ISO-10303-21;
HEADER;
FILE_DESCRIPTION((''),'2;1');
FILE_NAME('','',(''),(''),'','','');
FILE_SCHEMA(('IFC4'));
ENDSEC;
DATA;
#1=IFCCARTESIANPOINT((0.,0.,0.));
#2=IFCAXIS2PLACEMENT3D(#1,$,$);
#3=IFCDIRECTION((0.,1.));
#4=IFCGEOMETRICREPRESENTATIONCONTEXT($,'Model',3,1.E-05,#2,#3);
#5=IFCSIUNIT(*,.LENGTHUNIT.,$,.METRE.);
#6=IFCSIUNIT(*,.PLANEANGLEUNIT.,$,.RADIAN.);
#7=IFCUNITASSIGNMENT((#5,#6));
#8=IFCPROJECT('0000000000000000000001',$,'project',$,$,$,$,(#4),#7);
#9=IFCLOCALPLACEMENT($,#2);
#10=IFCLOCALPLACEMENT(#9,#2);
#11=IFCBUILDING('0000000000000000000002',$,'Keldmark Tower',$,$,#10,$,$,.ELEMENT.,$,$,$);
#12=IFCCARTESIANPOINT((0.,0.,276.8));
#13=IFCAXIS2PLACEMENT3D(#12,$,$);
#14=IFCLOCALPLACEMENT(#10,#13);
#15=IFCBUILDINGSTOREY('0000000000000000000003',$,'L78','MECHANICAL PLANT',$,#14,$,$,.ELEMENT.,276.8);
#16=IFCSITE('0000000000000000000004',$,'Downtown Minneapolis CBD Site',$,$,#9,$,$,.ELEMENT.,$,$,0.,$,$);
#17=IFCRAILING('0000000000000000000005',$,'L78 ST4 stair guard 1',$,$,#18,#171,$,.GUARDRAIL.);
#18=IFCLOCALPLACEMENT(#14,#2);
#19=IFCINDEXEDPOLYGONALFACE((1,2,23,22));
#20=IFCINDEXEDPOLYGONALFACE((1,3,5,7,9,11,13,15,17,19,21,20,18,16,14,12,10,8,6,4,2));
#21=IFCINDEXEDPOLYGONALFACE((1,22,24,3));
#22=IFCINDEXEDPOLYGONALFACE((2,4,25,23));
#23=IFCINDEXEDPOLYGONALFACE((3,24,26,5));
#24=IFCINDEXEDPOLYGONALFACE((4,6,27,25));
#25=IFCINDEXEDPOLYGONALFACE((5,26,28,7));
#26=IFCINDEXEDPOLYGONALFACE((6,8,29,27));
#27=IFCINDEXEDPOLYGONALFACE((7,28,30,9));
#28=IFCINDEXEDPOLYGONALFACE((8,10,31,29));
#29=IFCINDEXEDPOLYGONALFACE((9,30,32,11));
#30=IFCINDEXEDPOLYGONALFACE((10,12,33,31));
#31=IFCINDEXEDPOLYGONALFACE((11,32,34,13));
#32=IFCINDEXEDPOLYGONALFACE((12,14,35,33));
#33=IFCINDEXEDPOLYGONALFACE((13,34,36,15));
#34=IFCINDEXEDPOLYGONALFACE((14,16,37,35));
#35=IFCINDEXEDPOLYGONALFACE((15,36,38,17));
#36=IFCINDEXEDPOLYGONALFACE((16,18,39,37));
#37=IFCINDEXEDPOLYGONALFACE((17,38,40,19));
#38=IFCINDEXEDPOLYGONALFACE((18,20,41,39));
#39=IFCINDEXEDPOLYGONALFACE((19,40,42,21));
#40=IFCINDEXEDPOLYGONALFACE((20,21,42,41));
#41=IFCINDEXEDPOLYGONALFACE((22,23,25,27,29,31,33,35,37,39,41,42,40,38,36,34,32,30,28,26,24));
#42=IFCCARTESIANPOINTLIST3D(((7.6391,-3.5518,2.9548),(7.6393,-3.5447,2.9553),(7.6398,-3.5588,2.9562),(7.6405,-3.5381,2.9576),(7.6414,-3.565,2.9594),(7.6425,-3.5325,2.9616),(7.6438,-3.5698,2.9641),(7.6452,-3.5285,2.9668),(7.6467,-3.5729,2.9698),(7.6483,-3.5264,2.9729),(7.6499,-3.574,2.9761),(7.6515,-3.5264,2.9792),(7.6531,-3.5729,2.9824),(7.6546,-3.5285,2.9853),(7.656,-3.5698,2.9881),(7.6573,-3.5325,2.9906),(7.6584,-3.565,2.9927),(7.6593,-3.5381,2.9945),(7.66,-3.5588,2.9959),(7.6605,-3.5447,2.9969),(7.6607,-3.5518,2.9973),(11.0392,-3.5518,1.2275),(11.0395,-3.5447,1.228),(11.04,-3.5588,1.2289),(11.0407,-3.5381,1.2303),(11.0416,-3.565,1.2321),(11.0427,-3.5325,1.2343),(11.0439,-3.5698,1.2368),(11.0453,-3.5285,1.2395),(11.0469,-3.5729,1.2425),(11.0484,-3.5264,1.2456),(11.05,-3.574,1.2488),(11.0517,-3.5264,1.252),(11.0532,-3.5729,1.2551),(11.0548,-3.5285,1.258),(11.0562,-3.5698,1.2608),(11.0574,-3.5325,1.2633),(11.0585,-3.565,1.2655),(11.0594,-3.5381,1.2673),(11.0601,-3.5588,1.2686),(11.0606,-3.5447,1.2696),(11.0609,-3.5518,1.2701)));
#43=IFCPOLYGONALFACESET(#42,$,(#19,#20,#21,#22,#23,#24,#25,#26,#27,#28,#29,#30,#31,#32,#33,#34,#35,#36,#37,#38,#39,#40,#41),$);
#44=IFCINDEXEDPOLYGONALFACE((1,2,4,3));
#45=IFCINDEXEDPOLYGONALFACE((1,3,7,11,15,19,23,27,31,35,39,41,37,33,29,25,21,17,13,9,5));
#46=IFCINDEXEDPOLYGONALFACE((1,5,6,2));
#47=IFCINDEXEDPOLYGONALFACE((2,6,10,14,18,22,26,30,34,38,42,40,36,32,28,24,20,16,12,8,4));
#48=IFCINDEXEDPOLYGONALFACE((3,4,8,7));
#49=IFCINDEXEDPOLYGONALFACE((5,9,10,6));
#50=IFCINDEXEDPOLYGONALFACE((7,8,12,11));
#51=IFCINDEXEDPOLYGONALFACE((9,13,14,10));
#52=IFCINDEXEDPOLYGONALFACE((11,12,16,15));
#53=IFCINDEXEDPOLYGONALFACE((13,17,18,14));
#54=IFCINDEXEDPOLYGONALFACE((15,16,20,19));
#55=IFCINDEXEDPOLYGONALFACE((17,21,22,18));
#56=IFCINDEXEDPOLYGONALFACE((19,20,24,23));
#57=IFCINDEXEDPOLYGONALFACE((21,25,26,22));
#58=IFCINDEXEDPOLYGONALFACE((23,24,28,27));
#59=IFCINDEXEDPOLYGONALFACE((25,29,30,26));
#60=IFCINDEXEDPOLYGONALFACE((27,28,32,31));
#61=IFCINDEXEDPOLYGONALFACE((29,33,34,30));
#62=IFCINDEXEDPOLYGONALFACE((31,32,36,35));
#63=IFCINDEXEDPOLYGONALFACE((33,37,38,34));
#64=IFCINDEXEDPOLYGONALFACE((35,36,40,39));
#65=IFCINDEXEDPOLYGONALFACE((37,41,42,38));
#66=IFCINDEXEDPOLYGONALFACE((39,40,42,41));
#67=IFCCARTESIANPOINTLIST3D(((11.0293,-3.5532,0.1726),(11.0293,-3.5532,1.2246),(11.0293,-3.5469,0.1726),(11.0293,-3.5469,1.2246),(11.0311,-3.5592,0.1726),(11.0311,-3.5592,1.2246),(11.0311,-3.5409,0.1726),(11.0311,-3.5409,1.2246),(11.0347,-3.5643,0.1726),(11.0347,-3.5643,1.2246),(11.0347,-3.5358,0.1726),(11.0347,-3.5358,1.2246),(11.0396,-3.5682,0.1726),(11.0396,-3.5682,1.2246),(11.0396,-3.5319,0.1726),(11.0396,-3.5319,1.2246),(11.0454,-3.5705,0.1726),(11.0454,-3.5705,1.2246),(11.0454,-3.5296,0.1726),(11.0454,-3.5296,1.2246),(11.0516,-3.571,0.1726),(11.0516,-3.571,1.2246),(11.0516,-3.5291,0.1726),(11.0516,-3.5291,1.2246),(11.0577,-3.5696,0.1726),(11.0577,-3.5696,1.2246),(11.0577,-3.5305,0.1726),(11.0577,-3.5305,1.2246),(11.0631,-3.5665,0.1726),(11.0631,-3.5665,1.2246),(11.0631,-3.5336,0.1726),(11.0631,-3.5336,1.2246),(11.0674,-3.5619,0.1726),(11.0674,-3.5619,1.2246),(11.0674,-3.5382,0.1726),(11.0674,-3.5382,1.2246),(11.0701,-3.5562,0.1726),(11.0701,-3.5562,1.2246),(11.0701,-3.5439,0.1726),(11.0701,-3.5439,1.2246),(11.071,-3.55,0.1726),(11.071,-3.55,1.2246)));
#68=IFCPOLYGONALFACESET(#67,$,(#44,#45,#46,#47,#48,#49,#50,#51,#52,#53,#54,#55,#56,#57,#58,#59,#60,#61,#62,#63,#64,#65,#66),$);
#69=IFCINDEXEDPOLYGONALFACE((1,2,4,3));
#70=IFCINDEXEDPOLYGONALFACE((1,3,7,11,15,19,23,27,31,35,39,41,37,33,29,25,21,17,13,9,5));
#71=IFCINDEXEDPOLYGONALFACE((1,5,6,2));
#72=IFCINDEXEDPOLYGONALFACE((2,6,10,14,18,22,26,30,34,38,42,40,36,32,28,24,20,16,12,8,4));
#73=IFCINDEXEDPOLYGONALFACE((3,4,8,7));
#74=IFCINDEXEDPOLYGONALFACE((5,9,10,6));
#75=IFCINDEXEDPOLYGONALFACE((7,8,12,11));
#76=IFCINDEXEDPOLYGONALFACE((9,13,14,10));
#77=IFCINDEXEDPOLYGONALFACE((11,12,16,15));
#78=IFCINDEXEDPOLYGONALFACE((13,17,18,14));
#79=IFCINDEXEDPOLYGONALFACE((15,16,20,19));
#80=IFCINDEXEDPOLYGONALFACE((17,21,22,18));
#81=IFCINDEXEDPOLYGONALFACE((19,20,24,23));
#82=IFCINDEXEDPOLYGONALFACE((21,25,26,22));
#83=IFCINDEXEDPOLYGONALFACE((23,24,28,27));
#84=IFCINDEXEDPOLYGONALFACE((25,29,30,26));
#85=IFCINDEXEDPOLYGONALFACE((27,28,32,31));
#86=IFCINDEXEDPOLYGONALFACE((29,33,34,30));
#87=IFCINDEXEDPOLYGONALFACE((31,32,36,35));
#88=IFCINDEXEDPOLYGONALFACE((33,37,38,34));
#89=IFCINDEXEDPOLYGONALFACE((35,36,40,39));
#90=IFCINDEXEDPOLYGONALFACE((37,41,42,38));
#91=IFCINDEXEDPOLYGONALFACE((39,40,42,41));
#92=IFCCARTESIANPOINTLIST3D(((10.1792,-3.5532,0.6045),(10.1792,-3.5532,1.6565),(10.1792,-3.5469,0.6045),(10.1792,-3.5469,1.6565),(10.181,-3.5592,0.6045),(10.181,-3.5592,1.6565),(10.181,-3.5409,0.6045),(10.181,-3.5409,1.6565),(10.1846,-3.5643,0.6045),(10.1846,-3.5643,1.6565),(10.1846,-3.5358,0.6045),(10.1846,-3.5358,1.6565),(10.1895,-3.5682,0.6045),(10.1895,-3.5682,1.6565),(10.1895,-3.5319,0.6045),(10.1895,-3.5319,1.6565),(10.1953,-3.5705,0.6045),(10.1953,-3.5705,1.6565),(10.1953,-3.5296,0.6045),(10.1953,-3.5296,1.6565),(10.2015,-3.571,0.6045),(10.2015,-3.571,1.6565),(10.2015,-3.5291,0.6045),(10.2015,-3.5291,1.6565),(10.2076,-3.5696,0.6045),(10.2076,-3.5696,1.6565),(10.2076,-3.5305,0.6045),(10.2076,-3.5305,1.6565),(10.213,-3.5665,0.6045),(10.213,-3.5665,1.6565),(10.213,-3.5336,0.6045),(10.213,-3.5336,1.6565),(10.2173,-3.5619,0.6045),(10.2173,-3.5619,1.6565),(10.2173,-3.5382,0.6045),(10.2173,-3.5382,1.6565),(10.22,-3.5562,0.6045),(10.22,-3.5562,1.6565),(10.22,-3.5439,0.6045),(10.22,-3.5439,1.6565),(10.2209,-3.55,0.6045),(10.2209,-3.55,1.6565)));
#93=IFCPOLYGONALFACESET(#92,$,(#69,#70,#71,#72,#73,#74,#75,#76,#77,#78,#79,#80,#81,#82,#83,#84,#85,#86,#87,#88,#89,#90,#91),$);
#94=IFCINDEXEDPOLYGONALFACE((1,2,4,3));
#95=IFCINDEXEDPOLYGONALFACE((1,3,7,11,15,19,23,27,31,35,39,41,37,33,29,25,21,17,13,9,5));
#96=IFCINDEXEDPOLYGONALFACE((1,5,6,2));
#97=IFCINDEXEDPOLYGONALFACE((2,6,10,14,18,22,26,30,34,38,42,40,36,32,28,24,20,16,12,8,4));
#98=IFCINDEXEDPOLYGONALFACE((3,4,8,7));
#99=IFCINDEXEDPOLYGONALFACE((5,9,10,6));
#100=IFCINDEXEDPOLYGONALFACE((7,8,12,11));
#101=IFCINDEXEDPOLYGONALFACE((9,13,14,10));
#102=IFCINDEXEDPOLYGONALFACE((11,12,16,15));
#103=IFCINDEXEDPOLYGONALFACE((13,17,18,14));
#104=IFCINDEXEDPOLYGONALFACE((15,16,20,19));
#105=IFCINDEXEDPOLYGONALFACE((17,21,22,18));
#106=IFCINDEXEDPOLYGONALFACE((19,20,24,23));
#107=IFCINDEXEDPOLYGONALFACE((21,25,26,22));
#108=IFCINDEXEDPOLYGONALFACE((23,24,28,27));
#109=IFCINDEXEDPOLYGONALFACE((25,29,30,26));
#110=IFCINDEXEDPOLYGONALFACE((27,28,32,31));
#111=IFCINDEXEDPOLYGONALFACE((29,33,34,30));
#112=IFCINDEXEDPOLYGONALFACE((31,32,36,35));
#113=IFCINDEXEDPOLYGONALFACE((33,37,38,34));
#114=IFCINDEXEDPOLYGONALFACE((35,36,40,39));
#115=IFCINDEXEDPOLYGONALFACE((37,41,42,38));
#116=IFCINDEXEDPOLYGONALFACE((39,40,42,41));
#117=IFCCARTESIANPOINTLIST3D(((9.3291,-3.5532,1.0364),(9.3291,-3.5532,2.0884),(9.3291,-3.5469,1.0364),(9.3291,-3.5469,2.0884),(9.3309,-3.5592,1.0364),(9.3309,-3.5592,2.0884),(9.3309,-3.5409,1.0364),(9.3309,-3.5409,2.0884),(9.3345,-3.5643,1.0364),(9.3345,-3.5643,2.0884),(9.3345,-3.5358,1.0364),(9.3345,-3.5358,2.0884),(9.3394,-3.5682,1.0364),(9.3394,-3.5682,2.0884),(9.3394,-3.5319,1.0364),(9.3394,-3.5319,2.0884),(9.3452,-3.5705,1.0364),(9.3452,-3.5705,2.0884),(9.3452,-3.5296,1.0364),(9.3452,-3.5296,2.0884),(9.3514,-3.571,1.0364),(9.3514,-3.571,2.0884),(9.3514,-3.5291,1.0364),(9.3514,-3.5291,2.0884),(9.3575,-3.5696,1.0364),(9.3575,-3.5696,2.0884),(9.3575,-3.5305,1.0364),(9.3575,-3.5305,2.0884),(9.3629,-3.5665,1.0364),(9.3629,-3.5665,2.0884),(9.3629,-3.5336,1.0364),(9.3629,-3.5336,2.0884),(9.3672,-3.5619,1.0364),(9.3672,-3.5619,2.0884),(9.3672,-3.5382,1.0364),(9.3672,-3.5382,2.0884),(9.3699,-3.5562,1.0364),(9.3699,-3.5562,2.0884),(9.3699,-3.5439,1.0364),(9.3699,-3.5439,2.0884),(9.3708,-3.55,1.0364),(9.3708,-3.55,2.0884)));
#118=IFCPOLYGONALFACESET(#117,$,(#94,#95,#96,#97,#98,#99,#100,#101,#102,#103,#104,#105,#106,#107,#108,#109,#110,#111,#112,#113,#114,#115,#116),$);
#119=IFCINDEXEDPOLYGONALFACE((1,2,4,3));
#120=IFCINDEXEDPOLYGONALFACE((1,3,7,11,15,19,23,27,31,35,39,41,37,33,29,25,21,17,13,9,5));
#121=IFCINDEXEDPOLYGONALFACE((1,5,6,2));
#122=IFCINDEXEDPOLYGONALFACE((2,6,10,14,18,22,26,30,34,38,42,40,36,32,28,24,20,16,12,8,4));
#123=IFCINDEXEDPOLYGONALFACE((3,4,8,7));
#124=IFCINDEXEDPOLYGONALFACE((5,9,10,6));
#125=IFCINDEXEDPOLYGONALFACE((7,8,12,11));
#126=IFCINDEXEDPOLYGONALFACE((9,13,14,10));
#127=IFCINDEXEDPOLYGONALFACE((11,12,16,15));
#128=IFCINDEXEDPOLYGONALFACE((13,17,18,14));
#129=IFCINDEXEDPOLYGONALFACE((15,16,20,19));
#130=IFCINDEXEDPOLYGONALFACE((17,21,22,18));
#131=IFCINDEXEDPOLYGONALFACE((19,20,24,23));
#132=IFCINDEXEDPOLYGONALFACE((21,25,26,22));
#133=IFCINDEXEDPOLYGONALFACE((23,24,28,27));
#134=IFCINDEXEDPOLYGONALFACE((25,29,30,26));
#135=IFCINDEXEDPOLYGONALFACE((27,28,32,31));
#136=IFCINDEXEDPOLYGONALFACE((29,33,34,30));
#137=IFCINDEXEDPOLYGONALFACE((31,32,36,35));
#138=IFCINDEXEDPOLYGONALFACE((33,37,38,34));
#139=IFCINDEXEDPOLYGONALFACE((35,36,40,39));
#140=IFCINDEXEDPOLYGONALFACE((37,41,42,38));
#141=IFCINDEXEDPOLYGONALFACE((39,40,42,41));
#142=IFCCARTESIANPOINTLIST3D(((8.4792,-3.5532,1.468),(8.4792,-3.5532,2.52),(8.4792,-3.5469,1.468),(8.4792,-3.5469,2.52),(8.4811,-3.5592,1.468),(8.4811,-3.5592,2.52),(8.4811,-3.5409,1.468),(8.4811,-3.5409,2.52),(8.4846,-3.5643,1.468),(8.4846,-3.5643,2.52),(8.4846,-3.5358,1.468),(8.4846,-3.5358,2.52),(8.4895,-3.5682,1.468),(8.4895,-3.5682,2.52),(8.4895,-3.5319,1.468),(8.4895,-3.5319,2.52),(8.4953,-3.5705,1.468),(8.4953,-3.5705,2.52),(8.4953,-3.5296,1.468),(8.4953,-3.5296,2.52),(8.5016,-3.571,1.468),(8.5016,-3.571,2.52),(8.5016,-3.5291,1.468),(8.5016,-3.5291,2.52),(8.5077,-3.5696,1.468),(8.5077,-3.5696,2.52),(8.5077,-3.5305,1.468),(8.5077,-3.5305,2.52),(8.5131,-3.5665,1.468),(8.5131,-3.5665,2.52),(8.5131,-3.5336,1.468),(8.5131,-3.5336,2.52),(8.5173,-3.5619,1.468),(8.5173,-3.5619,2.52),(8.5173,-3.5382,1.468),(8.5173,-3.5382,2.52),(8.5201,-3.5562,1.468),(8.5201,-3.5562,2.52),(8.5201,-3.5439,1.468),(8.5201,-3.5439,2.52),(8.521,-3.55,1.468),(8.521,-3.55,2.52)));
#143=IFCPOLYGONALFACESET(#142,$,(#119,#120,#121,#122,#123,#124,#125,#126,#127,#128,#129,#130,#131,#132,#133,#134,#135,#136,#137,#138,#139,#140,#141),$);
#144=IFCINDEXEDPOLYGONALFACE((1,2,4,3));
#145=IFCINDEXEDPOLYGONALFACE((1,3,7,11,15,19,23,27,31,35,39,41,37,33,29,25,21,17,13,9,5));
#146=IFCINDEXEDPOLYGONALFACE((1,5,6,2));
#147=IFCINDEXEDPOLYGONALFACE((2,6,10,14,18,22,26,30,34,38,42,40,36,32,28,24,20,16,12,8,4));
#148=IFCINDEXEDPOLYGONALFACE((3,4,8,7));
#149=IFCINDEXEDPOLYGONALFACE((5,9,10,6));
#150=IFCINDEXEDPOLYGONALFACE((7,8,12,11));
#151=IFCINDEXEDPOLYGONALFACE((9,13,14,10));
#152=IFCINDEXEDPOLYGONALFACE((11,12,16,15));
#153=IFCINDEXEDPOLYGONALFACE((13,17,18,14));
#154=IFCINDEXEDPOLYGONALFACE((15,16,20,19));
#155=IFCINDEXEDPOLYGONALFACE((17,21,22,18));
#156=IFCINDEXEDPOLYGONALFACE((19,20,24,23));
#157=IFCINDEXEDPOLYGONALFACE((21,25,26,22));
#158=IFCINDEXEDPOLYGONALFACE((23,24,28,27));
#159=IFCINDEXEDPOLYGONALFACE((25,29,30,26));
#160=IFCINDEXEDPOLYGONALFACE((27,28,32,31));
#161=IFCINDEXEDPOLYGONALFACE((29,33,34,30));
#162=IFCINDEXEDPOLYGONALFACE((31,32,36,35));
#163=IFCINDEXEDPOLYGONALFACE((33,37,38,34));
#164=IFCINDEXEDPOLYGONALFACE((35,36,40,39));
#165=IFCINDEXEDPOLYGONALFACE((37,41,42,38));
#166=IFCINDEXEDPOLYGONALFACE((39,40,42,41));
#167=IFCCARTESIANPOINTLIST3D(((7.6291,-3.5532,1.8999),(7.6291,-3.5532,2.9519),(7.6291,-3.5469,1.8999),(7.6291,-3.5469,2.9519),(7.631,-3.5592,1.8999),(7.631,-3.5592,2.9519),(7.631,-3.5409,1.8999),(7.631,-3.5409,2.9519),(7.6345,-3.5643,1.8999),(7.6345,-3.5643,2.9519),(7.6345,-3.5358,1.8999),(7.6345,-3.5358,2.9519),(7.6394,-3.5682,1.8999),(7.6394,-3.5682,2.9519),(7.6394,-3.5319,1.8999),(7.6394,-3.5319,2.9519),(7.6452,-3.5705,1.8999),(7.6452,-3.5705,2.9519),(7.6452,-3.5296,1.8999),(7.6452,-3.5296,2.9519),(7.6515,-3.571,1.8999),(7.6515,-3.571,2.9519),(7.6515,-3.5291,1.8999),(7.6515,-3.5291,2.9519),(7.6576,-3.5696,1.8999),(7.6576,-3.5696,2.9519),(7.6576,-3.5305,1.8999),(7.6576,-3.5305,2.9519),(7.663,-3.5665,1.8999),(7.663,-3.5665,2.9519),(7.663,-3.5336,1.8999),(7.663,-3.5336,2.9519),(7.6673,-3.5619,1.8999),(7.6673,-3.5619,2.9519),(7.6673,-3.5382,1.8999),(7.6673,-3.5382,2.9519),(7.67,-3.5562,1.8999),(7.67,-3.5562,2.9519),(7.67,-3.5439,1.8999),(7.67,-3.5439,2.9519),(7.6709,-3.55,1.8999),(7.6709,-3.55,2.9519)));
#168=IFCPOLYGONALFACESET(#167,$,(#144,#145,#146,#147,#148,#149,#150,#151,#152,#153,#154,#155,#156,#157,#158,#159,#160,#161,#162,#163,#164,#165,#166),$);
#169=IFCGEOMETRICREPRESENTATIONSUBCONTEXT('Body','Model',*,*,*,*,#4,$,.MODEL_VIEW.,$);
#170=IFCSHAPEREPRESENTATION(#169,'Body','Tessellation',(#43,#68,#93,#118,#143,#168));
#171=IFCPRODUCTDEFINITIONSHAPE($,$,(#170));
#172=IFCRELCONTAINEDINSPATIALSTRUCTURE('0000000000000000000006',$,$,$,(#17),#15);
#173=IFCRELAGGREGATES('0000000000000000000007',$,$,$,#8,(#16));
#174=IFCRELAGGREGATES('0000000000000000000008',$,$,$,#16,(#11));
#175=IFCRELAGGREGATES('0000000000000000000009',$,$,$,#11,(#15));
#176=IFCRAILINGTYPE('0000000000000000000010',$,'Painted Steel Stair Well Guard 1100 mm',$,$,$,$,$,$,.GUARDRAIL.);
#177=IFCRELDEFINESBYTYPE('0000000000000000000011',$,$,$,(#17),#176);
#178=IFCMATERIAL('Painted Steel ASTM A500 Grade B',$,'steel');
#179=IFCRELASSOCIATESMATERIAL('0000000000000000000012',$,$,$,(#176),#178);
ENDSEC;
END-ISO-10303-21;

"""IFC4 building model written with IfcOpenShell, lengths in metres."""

from ifc_helpers import new_model, si_unit, direction, frame, origin, origin_2d, place, context, subcontext, project, spatial, circle, extrude, material, type_object, element, save


model = new_model("IFC4")

# Units and contexts
model_context = context("Model", 3, precision=1e-05, world=origin(), true_north=direction((0.0, 1.0)))
body_context = subcontext(model_context, "Body", "Model", "MODEL_VIEW")
ifc_project = project(units=[si_unit("LENGTHUNIT", "METRE"), si_unit("PLANEANGLEUNIT", "RADIAN")], contexts=[model_context])

# Site, building, storey
site_placement = place(None, origin())
site = spatial("IfcSite", under=ifc_project, at=site_placement, Name="Downtown Minneapolis CBD Site", CompositionType="ELEMENT", RefElevation=0.0)
building_placement = place(site_placement, origin())
building = spatial("IfcBuilding", under=site, at=building_placement, Name="Keldmark Tower", CompositionType="ELEMENT")
storey_placement = place(building_placement, frame((0.0, 0.0, 276.8)))
storey = spatial("IfcBuildingStorey", under=building, at=storey_placement, Name="L78", Description="MECHANICAL PLANT", CompositionType="ELEMENT", Elevation=276.8)

# Railing
ifc_material_1 = material(Name="Painted Steel ASTM A500 Grade B", Category="steel")
railing_type_1 = type_object("IfcRailingType", Name="Painted Steel Stair Well Guard 1100 mm", PredefinedType="GUARDRAIL", material=ifc_material_1)
railing_1_placement = place(storey_placement, frame((11.05, -3.55, 0.1726)))
element("IfcRailing", 1, at=railing_1_placement, inside=storey, type_object=railing_type_1, Name="L78 ST4 stair guard 1", PredefinedType="GUARDRAIL", context=body_context, shape_type="SweptSolid", body=[
    extrude(circle(Radius=0.0239, at=origin_2d()), frame((0.0, 0.0, 1.0762), z_axis=(-0.891554, 0.0, 0.452915), x_axis=(0.0, -1.0, 0.0)), (0.0, 0.0, 1.0), 3.8137),
    extrude(circle(Radius=0.021, at=origin_2d()), origin(), (0.0, 0.0, 1.0), 1.052),
    extrude(circle(Radius=0.021, at=origin_2d()), frame((-0.8501, 0.0, 0.4319)), (0.0, 0.0, 1.0), 1.052),
    extrude(circle(Radius=0.021, at=origin_2d()), frame((-1.7002, 0.0, 0.8638)), (0.0, 0.0, 1.0), 1.052),
    extrude(circle(Radius=0.021, at=origin_2d()), frame((-2.55, 0.0, 1.2954)), (0.0, 0.0, 1.0), 1.052),
    extrude(circle(Radius=0.021, at=origin_2d()), frame((-3.4001, 0.0, 1.7273)), (0.0, 0.0, 1.0), 1.052),
])

save(model, "model.ifc")
